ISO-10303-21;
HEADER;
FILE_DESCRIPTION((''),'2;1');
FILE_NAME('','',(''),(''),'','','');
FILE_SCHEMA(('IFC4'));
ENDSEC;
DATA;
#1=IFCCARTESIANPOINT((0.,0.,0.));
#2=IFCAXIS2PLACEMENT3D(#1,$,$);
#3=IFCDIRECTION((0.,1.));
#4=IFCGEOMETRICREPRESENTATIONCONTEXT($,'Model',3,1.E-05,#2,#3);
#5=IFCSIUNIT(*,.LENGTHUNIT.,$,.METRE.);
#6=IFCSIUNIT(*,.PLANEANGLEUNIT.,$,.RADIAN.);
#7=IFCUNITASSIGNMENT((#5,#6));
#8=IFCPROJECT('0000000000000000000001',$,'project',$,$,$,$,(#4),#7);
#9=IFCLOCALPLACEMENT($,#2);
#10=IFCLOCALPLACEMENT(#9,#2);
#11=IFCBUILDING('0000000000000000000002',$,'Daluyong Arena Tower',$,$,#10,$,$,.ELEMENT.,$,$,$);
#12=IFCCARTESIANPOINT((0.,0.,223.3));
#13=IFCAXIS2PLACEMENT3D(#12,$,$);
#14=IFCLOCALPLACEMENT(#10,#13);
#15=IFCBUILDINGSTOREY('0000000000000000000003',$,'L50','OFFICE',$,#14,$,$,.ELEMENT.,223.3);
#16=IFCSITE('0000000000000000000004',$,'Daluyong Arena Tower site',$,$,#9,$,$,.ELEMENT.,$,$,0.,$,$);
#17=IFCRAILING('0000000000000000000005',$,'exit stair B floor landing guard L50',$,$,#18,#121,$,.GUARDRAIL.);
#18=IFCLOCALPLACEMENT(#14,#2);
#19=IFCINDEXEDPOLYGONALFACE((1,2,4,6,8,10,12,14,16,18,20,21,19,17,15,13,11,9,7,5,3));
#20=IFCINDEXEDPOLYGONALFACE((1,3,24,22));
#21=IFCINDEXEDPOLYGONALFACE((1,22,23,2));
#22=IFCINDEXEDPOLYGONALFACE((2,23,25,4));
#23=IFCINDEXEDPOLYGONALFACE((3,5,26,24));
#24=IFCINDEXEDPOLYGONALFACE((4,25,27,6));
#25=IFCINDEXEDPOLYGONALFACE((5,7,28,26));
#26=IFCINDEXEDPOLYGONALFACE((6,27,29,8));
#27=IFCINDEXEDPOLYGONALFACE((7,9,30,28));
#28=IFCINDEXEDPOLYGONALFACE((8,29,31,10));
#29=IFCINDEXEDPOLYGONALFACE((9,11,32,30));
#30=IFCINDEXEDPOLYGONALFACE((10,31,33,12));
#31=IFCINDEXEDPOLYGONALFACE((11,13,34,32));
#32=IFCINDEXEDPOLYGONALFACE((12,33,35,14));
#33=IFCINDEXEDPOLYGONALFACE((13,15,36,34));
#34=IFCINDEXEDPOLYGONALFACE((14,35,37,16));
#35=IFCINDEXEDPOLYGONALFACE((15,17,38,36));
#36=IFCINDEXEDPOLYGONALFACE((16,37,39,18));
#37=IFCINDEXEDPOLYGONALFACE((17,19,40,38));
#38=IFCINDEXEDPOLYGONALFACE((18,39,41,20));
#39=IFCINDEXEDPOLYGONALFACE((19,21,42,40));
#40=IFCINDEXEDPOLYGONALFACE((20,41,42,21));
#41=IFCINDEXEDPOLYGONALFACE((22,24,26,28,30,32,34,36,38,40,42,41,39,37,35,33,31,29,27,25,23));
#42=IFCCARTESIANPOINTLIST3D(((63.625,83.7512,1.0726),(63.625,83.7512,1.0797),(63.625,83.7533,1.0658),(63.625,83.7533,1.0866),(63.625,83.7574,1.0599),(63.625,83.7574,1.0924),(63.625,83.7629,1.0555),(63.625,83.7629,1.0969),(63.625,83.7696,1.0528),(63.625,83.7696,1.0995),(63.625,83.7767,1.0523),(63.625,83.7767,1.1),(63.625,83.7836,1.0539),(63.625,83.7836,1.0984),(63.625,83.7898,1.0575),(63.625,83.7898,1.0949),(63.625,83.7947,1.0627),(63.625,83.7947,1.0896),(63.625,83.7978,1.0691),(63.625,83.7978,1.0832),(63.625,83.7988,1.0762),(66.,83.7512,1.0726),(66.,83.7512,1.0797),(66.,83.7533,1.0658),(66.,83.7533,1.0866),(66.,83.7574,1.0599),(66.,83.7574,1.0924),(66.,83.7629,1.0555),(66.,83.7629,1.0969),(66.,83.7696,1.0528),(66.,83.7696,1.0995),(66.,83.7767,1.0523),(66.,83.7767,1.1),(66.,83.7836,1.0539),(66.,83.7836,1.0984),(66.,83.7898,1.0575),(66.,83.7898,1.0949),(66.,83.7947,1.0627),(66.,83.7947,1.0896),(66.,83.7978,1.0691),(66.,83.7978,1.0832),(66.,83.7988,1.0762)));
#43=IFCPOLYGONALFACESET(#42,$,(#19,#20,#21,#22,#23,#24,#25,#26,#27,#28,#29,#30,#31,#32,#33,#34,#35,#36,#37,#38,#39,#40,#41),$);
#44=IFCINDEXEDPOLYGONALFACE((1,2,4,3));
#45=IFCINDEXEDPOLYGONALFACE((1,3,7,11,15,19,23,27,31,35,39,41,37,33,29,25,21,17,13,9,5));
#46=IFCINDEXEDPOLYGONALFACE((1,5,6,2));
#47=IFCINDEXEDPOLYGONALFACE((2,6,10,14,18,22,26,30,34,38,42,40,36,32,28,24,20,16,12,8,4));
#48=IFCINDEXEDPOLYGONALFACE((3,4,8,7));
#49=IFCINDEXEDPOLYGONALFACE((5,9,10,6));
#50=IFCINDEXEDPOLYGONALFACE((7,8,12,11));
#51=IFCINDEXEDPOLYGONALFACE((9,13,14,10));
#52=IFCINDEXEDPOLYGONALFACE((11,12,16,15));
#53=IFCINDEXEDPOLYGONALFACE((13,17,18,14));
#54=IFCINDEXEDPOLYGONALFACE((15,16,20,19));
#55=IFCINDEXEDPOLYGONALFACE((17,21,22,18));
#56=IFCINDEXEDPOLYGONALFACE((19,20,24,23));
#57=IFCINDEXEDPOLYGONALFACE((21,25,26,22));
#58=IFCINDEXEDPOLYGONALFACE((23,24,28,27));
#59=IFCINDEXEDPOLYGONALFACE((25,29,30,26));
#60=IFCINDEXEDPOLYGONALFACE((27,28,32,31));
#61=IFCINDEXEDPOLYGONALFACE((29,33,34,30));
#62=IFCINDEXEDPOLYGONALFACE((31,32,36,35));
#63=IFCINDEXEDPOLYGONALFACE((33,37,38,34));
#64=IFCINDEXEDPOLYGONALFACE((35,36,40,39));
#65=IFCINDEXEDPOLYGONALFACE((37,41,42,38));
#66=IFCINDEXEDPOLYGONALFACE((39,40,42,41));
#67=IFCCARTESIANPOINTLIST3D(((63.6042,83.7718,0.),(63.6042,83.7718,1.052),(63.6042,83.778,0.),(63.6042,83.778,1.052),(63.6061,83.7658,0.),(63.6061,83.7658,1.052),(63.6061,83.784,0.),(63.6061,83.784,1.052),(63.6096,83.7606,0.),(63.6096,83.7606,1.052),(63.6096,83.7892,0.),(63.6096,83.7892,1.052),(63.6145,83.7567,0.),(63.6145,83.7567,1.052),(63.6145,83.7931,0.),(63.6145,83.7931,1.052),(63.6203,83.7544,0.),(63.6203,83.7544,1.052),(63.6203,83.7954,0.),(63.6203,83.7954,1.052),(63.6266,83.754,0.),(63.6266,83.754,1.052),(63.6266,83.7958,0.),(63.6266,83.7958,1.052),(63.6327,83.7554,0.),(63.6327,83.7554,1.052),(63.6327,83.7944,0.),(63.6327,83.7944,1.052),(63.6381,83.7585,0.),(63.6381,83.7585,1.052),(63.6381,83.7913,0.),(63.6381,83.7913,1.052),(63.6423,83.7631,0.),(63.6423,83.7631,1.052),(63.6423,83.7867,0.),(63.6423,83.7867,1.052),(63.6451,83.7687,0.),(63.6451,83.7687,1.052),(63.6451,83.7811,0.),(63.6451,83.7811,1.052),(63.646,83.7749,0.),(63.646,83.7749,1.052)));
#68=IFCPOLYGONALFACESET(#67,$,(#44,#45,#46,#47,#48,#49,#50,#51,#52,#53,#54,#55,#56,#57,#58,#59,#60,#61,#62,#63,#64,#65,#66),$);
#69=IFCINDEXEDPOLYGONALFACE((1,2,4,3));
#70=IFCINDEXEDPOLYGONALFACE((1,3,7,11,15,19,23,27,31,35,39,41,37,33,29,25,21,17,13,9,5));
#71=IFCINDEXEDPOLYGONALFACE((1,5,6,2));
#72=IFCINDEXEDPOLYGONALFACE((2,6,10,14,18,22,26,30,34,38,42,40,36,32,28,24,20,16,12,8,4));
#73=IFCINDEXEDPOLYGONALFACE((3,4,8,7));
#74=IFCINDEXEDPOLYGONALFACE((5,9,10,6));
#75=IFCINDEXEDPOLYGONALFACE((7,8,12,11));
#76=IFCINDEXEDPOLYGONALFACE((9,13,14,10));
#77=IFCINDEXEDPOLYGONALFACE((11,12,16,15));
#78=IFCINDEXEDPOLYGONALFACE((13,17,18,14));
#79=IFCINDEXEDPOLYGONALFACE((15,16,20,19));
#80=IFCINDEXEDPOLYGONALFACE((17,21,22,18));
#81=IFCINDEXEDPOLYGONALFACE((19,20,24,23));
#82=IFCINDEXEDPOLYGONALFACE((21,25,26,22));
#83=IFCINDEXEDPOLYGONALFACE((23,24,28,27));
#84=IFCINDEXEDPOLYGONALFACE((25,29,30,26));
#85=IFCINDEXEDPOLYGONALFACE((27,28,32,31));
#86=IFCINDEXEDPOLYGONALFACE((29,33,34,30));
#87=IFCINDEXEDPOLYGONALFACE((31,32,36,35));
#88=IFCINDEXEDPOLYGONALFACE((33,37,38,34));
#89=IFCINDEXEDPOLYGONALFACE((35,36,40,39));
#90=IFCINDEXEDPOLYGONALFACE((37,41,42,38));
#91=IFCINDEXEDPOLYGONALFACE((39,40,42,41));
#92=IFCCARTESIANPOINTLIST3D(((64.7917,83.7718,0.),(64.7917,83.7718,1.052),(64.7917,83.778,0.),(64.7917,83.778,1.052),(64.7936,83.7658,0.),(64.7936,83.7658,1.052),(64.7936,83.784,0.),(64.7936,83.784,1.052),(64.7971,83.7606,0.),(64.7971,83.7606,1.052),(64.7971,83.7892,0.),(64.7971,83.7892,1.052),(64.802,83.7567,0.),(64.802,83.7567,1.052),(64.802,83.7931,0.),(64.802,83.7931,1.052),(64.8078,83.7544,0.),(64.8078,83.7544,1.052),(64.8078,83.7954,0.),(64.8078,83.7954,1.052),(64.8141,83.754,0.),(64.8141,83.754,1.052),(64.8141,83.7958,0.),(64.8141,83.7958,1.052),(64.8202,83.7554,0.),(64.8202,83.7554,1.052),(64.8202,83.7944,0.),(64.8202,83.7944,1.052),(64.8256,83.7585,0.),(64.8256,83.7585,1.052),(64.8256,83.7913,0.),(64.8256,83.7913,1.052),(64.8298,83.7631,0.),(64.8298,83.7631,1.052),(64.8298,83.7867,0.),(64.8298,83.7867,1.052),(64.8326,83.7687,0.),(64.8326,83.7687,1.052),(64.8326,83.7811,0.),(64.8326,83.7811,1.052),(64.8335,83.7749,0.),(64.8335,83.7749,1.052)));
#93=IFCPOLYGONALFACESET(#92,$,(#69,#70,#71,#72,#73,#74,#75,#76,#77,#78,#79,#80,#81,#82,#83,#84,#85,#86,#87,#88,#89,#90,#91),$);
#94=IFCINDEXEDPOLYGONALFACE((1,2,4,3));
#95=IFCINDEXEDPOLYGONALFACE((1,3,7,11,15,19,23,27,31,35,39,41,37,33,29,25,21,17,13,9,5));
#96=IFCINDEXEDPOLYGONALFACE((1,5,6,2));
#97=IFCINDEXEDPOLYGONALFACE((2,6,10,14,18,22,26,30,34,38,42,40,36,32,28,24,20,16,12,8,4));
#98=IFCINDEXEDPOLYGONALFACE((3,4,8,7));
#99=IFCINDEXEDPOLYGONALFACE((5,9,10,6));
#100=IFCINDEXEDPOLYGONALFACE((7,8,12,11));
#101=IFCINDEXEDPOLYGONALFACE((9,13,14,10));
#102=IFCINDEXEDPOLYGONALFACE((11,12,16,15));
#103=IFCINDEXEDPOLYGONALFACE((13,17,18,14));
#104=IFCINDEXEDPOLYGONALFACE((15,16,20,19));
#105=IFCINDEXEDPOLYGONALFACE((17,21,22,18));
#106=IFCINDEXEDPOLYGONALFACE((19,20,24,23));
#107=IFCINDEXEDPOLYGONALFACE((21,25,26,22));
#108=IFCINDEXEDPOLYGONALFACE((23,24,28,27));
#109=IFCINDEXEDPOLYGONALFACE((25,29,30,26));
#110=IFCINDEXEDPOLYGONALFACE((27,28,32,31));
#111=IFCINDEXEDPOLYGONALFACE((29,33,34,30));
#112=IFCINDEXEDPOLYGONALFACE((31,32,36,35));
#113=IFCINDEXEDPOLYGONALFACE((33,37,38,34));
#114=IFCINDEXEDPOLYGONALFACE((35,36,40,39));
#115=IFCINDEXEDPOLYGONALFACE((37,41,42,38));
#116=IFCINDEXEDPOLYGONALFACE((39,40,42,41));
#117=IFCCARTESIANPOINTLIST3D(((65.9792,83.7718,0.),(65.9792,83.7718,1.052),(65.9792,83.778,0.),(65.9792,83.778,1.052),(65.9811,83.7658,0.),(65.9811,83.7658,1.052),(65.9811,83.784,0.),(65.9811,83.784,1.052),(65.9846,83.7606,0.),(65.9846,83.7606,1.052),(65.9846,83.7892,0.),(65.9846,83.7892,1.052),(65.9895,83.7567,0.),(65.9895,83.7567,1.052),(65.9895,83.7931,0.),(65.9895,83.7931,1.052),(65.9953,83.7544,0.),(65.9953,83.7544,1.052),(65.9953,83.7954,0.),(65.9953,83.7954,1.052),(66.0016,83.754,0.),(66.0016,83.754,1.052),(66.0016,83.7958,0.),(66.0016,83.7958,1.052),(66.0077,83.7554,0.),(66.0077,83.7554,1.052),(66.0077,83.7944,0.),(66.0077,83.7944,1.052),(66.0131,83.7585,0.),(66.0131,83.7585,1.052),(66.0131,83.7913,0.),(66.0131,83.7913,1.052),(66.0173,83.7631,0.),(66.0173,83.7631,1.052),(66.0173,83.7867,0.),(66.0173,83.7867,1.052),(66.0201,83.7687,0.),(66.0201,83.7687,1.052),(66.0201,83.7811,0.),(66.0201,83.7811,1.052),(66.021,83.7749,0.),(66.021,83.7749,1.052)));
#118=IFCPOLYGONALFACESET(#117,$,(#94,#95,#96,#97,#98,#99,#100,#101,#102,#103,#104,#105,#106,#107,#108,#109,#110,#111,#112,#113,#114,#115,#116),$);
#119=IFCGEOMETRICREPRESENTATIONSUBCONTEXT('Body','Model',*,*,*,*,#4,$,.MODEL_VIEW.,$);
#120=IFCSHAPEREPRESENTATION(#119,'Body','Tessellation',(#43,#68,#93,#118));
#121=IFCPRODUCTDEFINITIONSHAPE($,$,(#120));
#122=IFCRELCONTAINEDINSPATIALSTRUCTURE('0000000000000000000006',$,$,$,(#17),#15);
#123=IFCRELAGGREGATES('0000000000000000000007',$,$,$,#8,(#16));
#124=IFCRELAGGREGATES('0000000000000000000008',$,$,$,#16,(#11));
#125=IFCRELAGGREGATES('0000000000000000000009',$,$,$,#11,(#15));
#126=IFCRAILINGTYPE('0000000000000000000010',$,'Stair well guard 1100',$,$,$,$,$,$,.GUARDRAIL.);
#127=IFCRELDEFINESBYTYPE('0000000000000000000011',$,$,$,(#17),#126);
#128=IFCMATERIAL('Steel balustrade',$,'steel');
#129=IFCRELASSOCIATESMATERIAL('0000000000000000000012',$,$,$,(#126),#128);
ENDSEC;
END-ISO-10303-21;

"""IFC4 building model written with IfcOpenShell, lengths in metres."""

from ifc_helpers import new_model, si_unit, direction, frame, origin, origin_2d, place, context, subcontext, project, spatial, circle, extrude, material, type_object, element, save


model = new_model("IFC4")

# Units and contexts
model_context = context("Model", 3, precision=1e-05, world=origin(), true_north=direction((0.0, 1.0)))
body_context = subcontext(model_context, "Body", "Model", "MODEL_VIEW")
ifc_project = project(units=[si_unit("LENGTHUNIT", "METRE"), si_unit("PLANEANGLEUNIT", "RADIAN")], contexts=[model_context])

# Site, building, storey
site_placement = place(None, origin())
site = spatial("IfcSite", under=ifc_project, at=site_placement, Name="Daluyong Arena Tower site", CompositionType="ELEMENT", RefElevation=0.0)
building_placement = place(site_placement, origin())
building = spatial("IfcBuilding", under=site, at=building_placement, Name="Daluyong Arena Tower", CompositionType="ELEMENT")
storey_placement = place(building_placement, frame((0.0, 0.0, 223.3)))
storey = spatial("IfcBuildingStorey", under=building, at=storey_placement, Name="L50", Description="OFFICE", CompositionType="ELEMENT", Elevation=223.3)

# Railing
ifc_material_1 = material(Name="Steel balustrade", Category="steel")
railing_type_1 = type_object("IfcRailingType", Name="Stair well guard 1100", PredefinedType="GUARDRAIL", material=ifc_material_1)
railing_1_placement = place(storey_placement, frame((63.625, 83.7749, 0.0)))
element("IfcRailing", 1, at=railing_1_placement, inside=storey, type_object=railing_type_1, Name="exit stair B floor landing guard L50", PredefinedType="GUARDRAIL", context=body_context, shape_type="SweptSolid", body=[
    extrude(circle(Radius=0.0239, at=origin_2d()), frame((0.0, 0.0, 1.0762), z_axis=(1.0, 0.0, 0.0), x_axis=(0.0, 1.0, 0.0)), (0.0, 0.0, 1.0), 2.375),
    extrude(circle(Radius=0.021, at=origin_2d()), origin(), (0.0, 0.0, 1.0), 1.052),
    extrude(circle(Radius=0.021, at=origin_2d()), frame((1.1875, 0.0, 0.0)), (0.0, 0.0, 1.0), 1.052),
    extrude(circle(Radius=0.021, at=origin_2d()), frame((2.375, 0.0, 0.0)), (0.0, 0.0, 1.0), 1.052),
])

save(model, "model.ifc")
